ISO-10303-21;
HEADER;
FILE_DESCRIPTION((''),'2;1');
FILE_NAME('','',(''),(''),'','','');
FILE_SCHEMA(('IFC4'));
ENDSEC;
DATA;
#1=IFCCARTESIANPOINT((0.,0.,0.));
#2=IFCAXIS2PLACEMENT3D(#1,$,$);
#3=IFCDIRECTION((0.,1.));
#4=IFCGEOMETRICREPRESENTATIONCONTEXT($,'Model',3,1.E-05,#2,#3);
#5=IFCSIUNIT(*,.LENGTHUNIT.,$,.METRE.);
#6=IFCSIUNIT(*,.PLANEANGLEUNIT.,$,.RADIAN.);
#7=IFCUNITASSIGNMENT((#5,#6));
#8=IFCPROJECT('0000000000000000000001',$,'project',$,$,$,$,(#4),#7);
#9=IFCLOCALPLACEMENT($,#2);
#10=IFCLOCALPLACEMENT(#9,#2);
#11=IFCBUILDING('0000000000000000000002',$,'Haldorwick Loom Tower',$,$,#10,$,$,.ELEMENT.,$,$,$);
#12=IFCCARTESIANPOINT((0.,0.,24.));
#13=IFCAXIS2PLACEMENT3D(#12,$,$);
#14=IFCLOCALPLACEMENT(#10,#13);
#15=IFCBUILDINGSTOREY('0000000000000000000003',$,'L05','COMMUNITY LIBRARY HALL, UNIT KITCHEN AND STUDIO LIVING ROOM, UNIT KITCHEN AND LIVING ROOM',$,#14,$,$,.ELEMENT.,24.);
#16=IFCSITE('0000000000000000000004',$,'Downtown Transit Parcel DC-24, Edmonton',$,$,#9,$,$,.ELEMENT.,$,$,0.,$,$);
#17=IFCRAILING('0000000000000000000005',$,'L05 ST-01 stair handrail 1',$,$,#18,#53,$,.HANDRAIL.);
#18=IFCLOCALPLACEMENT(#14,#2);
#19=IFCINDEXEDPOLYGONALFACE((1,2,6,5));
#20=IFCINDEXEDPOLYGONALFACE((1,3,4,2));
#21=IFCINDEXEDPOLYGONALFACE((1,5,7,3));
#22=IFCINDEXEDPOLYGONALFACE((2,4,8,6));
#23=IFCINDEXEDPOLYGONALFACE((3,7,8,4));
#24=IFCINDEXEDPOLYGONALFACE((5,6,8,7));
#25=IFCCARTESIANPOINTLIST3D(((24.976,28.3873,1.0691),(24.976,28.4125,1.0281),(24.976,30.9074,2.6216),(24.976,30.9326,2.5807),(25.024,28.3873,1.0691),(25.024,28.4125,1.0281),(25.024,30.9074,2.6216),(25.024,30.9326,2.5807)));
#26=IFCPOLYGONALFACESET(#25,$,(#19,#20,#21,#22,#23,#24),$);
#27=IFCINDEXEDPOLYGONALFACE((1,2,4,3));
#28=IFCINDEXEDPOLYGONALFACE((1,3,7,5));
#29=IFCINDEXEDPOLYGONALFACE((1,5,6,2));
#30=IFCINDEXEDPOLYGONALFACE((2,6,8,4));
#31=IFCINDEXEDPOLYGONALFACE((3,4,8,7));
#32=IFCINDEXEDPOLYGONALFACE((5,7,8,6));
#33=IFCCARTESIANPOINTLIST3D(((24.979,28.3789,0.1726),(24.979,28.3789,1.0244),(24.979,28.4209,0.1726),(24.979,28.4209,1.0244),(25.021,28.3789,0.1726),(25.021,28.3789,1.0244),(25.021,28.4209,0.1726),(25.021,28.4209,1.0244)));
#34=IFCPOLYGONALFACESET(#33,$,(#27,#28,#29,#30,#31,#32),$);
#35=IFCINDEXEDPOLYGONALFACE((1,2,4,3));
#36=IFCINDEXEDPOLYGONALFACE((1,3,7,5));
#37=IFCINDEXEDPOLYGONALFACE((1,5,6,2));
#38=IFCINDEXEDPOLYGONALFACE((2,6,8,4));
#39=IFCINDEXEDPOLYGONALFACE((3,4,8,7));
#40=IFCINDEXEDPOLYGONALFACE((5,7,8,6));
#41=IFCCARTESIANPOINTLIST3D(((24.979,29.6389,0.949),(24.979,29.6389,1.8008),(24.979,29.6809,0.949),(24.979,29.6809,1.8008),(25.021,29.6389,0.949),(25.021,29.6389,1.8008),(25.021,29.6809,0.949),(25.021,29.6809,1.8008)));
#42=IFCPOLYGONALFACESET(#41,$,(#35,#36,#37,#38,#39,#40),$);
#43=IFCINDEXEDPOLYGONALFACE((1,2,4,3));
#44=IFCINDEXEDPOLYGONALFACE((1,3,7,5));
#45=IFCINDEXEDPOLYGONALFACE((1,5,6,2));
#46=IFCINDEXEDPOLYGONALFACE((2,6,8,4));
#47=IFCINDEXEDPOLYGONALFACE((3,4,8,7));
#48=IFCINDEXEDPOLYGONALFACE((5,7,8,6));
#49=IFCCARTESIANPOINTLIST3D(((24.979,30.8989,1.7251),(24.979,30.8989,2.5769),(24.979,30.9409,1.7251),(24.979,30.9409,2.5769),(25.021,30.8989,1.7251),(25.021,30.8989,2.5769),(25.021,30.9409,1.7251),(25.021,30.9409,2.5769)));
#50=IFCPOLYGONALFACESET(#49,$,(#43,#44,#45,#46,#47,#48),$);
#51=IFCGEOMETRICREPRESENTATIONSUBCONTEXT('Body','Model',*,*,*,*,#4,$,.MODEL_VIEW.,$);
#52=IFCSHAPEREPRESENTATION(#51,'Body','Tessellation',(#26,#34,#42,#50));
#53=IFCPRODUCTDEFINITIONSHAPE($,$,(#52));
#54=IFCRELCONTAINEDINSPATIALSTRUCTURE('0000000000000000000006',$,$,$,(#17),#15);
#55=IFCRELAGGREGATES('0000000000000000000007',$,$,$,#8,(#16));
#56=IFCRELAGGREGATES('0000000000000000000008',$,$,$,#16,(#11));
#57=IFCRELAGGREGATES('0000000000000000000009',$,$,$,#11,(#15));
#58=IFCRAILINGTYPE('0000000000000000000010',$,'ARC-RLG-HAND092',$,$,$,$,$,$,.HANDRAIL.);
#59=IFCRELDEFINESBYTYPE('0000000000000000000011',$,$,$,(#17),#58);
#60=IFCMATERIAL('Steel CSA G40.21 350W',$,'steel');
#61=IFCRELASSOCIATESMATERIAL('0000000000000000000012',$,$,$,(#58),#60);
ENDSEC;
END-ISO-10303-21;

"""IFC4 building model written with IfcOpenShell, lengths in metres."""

from ifc_helpers import new_model, si_unit, direction, frame, origin, origin_2d, place, context, subcontext, project, spatial, rectangle, extrude, material, type_object, element, save


model = new_model("IFC4")

# Units and contexts
model_context = context("Model", 3, precision=1e-05, world=origin(), true_north=direction((0.0, 1.0)))
body_context = subcontext(model_context, "Body", "Model", "MODEL_VIEW")
ifc_project = project(units=[si_unit("LENGTHUNIT", "METRE"), si_unit("PLANEANGLEUNIT", "RADIAN")], contexts=[model_context])

# Site, building, storey
site_placement = place(None, origin())
site = spatial("IfcSite", under=ifc_project, at=site_placement, Name="Downtown Transit Parcel DC-24, Edmonton", CompositionType="ELEMENT", RefElevation=0.0)
building_placement = place(site_placement, origin())
building = spatial("IfcBuilding", under=site, at=building_placement, Name="Haldorwick Loom Tower", CompositionType="ELEMENT")
storey_placement = place(building_placement, frame((0.0, 0.0, 24.0)))
storey = spatial("IfcBuildingStorey", under=building, at=storey_placement, Name="L05", Description="COMMUNITY LIBRARY HALL, UNIT KITCHEN AND STUDIO LIVING ROOM, UNIT KITCHEN AND LIVING ROOM", CompositionType="ELEMENT", Elevation=24.0)

# Shared definitions
ifc_material_1 = material(Name="Steel CSA G40.21 350W", Category="steel")

# Railing
railing_type_1 = type_object("IfcRailingType", Name="ARC-RLG-HAND092", PredefinedType="HANDRAIL", material=ifc_material_1)
railing_1_placement = place(storey_placement, frame((25.0, 28.3999, 0.1726)))
element("IfcRailing", 1, at=railing_1_placement, inside=storey, type_object=railing_type_1, Name="L05 ST-01 stair handrail 1", PredefinedType="HANDRAIL", context=body_context, shape_type="SweptSolid", body=[
    extrude(rectangle(XDim=0.0481, YDim=0.0481, at=origin_2d()), frame((0.0, 0.0, 0.876), z_axis=(0.0, 0.8514, 0.524516), x_axis=(-1.0, 0.0, 0.0)), (0.0, 0.0, 1.0), 2.96),
    extrude(rectangle(XDim=0.042, YDim=0.042, at=origin_2d()), origin(), (0.0, 0.0, 1.0), 0.8518),
    extrude(rectangle(XDim=0.042, YDim=0.042, at=origin_2d()), frame((0.0, 1.26, 0.7764)), (0.0, 0.0, 1.0), 0.8518),
    extrude(rectangle(XDim=0.042, YDim=0.042, at=origin_2d()), frame((0.0, 2.52, 1.5525)), (0.0, 0.0, 1.0), 0.8518),
])

save(model, "model.ifc")
